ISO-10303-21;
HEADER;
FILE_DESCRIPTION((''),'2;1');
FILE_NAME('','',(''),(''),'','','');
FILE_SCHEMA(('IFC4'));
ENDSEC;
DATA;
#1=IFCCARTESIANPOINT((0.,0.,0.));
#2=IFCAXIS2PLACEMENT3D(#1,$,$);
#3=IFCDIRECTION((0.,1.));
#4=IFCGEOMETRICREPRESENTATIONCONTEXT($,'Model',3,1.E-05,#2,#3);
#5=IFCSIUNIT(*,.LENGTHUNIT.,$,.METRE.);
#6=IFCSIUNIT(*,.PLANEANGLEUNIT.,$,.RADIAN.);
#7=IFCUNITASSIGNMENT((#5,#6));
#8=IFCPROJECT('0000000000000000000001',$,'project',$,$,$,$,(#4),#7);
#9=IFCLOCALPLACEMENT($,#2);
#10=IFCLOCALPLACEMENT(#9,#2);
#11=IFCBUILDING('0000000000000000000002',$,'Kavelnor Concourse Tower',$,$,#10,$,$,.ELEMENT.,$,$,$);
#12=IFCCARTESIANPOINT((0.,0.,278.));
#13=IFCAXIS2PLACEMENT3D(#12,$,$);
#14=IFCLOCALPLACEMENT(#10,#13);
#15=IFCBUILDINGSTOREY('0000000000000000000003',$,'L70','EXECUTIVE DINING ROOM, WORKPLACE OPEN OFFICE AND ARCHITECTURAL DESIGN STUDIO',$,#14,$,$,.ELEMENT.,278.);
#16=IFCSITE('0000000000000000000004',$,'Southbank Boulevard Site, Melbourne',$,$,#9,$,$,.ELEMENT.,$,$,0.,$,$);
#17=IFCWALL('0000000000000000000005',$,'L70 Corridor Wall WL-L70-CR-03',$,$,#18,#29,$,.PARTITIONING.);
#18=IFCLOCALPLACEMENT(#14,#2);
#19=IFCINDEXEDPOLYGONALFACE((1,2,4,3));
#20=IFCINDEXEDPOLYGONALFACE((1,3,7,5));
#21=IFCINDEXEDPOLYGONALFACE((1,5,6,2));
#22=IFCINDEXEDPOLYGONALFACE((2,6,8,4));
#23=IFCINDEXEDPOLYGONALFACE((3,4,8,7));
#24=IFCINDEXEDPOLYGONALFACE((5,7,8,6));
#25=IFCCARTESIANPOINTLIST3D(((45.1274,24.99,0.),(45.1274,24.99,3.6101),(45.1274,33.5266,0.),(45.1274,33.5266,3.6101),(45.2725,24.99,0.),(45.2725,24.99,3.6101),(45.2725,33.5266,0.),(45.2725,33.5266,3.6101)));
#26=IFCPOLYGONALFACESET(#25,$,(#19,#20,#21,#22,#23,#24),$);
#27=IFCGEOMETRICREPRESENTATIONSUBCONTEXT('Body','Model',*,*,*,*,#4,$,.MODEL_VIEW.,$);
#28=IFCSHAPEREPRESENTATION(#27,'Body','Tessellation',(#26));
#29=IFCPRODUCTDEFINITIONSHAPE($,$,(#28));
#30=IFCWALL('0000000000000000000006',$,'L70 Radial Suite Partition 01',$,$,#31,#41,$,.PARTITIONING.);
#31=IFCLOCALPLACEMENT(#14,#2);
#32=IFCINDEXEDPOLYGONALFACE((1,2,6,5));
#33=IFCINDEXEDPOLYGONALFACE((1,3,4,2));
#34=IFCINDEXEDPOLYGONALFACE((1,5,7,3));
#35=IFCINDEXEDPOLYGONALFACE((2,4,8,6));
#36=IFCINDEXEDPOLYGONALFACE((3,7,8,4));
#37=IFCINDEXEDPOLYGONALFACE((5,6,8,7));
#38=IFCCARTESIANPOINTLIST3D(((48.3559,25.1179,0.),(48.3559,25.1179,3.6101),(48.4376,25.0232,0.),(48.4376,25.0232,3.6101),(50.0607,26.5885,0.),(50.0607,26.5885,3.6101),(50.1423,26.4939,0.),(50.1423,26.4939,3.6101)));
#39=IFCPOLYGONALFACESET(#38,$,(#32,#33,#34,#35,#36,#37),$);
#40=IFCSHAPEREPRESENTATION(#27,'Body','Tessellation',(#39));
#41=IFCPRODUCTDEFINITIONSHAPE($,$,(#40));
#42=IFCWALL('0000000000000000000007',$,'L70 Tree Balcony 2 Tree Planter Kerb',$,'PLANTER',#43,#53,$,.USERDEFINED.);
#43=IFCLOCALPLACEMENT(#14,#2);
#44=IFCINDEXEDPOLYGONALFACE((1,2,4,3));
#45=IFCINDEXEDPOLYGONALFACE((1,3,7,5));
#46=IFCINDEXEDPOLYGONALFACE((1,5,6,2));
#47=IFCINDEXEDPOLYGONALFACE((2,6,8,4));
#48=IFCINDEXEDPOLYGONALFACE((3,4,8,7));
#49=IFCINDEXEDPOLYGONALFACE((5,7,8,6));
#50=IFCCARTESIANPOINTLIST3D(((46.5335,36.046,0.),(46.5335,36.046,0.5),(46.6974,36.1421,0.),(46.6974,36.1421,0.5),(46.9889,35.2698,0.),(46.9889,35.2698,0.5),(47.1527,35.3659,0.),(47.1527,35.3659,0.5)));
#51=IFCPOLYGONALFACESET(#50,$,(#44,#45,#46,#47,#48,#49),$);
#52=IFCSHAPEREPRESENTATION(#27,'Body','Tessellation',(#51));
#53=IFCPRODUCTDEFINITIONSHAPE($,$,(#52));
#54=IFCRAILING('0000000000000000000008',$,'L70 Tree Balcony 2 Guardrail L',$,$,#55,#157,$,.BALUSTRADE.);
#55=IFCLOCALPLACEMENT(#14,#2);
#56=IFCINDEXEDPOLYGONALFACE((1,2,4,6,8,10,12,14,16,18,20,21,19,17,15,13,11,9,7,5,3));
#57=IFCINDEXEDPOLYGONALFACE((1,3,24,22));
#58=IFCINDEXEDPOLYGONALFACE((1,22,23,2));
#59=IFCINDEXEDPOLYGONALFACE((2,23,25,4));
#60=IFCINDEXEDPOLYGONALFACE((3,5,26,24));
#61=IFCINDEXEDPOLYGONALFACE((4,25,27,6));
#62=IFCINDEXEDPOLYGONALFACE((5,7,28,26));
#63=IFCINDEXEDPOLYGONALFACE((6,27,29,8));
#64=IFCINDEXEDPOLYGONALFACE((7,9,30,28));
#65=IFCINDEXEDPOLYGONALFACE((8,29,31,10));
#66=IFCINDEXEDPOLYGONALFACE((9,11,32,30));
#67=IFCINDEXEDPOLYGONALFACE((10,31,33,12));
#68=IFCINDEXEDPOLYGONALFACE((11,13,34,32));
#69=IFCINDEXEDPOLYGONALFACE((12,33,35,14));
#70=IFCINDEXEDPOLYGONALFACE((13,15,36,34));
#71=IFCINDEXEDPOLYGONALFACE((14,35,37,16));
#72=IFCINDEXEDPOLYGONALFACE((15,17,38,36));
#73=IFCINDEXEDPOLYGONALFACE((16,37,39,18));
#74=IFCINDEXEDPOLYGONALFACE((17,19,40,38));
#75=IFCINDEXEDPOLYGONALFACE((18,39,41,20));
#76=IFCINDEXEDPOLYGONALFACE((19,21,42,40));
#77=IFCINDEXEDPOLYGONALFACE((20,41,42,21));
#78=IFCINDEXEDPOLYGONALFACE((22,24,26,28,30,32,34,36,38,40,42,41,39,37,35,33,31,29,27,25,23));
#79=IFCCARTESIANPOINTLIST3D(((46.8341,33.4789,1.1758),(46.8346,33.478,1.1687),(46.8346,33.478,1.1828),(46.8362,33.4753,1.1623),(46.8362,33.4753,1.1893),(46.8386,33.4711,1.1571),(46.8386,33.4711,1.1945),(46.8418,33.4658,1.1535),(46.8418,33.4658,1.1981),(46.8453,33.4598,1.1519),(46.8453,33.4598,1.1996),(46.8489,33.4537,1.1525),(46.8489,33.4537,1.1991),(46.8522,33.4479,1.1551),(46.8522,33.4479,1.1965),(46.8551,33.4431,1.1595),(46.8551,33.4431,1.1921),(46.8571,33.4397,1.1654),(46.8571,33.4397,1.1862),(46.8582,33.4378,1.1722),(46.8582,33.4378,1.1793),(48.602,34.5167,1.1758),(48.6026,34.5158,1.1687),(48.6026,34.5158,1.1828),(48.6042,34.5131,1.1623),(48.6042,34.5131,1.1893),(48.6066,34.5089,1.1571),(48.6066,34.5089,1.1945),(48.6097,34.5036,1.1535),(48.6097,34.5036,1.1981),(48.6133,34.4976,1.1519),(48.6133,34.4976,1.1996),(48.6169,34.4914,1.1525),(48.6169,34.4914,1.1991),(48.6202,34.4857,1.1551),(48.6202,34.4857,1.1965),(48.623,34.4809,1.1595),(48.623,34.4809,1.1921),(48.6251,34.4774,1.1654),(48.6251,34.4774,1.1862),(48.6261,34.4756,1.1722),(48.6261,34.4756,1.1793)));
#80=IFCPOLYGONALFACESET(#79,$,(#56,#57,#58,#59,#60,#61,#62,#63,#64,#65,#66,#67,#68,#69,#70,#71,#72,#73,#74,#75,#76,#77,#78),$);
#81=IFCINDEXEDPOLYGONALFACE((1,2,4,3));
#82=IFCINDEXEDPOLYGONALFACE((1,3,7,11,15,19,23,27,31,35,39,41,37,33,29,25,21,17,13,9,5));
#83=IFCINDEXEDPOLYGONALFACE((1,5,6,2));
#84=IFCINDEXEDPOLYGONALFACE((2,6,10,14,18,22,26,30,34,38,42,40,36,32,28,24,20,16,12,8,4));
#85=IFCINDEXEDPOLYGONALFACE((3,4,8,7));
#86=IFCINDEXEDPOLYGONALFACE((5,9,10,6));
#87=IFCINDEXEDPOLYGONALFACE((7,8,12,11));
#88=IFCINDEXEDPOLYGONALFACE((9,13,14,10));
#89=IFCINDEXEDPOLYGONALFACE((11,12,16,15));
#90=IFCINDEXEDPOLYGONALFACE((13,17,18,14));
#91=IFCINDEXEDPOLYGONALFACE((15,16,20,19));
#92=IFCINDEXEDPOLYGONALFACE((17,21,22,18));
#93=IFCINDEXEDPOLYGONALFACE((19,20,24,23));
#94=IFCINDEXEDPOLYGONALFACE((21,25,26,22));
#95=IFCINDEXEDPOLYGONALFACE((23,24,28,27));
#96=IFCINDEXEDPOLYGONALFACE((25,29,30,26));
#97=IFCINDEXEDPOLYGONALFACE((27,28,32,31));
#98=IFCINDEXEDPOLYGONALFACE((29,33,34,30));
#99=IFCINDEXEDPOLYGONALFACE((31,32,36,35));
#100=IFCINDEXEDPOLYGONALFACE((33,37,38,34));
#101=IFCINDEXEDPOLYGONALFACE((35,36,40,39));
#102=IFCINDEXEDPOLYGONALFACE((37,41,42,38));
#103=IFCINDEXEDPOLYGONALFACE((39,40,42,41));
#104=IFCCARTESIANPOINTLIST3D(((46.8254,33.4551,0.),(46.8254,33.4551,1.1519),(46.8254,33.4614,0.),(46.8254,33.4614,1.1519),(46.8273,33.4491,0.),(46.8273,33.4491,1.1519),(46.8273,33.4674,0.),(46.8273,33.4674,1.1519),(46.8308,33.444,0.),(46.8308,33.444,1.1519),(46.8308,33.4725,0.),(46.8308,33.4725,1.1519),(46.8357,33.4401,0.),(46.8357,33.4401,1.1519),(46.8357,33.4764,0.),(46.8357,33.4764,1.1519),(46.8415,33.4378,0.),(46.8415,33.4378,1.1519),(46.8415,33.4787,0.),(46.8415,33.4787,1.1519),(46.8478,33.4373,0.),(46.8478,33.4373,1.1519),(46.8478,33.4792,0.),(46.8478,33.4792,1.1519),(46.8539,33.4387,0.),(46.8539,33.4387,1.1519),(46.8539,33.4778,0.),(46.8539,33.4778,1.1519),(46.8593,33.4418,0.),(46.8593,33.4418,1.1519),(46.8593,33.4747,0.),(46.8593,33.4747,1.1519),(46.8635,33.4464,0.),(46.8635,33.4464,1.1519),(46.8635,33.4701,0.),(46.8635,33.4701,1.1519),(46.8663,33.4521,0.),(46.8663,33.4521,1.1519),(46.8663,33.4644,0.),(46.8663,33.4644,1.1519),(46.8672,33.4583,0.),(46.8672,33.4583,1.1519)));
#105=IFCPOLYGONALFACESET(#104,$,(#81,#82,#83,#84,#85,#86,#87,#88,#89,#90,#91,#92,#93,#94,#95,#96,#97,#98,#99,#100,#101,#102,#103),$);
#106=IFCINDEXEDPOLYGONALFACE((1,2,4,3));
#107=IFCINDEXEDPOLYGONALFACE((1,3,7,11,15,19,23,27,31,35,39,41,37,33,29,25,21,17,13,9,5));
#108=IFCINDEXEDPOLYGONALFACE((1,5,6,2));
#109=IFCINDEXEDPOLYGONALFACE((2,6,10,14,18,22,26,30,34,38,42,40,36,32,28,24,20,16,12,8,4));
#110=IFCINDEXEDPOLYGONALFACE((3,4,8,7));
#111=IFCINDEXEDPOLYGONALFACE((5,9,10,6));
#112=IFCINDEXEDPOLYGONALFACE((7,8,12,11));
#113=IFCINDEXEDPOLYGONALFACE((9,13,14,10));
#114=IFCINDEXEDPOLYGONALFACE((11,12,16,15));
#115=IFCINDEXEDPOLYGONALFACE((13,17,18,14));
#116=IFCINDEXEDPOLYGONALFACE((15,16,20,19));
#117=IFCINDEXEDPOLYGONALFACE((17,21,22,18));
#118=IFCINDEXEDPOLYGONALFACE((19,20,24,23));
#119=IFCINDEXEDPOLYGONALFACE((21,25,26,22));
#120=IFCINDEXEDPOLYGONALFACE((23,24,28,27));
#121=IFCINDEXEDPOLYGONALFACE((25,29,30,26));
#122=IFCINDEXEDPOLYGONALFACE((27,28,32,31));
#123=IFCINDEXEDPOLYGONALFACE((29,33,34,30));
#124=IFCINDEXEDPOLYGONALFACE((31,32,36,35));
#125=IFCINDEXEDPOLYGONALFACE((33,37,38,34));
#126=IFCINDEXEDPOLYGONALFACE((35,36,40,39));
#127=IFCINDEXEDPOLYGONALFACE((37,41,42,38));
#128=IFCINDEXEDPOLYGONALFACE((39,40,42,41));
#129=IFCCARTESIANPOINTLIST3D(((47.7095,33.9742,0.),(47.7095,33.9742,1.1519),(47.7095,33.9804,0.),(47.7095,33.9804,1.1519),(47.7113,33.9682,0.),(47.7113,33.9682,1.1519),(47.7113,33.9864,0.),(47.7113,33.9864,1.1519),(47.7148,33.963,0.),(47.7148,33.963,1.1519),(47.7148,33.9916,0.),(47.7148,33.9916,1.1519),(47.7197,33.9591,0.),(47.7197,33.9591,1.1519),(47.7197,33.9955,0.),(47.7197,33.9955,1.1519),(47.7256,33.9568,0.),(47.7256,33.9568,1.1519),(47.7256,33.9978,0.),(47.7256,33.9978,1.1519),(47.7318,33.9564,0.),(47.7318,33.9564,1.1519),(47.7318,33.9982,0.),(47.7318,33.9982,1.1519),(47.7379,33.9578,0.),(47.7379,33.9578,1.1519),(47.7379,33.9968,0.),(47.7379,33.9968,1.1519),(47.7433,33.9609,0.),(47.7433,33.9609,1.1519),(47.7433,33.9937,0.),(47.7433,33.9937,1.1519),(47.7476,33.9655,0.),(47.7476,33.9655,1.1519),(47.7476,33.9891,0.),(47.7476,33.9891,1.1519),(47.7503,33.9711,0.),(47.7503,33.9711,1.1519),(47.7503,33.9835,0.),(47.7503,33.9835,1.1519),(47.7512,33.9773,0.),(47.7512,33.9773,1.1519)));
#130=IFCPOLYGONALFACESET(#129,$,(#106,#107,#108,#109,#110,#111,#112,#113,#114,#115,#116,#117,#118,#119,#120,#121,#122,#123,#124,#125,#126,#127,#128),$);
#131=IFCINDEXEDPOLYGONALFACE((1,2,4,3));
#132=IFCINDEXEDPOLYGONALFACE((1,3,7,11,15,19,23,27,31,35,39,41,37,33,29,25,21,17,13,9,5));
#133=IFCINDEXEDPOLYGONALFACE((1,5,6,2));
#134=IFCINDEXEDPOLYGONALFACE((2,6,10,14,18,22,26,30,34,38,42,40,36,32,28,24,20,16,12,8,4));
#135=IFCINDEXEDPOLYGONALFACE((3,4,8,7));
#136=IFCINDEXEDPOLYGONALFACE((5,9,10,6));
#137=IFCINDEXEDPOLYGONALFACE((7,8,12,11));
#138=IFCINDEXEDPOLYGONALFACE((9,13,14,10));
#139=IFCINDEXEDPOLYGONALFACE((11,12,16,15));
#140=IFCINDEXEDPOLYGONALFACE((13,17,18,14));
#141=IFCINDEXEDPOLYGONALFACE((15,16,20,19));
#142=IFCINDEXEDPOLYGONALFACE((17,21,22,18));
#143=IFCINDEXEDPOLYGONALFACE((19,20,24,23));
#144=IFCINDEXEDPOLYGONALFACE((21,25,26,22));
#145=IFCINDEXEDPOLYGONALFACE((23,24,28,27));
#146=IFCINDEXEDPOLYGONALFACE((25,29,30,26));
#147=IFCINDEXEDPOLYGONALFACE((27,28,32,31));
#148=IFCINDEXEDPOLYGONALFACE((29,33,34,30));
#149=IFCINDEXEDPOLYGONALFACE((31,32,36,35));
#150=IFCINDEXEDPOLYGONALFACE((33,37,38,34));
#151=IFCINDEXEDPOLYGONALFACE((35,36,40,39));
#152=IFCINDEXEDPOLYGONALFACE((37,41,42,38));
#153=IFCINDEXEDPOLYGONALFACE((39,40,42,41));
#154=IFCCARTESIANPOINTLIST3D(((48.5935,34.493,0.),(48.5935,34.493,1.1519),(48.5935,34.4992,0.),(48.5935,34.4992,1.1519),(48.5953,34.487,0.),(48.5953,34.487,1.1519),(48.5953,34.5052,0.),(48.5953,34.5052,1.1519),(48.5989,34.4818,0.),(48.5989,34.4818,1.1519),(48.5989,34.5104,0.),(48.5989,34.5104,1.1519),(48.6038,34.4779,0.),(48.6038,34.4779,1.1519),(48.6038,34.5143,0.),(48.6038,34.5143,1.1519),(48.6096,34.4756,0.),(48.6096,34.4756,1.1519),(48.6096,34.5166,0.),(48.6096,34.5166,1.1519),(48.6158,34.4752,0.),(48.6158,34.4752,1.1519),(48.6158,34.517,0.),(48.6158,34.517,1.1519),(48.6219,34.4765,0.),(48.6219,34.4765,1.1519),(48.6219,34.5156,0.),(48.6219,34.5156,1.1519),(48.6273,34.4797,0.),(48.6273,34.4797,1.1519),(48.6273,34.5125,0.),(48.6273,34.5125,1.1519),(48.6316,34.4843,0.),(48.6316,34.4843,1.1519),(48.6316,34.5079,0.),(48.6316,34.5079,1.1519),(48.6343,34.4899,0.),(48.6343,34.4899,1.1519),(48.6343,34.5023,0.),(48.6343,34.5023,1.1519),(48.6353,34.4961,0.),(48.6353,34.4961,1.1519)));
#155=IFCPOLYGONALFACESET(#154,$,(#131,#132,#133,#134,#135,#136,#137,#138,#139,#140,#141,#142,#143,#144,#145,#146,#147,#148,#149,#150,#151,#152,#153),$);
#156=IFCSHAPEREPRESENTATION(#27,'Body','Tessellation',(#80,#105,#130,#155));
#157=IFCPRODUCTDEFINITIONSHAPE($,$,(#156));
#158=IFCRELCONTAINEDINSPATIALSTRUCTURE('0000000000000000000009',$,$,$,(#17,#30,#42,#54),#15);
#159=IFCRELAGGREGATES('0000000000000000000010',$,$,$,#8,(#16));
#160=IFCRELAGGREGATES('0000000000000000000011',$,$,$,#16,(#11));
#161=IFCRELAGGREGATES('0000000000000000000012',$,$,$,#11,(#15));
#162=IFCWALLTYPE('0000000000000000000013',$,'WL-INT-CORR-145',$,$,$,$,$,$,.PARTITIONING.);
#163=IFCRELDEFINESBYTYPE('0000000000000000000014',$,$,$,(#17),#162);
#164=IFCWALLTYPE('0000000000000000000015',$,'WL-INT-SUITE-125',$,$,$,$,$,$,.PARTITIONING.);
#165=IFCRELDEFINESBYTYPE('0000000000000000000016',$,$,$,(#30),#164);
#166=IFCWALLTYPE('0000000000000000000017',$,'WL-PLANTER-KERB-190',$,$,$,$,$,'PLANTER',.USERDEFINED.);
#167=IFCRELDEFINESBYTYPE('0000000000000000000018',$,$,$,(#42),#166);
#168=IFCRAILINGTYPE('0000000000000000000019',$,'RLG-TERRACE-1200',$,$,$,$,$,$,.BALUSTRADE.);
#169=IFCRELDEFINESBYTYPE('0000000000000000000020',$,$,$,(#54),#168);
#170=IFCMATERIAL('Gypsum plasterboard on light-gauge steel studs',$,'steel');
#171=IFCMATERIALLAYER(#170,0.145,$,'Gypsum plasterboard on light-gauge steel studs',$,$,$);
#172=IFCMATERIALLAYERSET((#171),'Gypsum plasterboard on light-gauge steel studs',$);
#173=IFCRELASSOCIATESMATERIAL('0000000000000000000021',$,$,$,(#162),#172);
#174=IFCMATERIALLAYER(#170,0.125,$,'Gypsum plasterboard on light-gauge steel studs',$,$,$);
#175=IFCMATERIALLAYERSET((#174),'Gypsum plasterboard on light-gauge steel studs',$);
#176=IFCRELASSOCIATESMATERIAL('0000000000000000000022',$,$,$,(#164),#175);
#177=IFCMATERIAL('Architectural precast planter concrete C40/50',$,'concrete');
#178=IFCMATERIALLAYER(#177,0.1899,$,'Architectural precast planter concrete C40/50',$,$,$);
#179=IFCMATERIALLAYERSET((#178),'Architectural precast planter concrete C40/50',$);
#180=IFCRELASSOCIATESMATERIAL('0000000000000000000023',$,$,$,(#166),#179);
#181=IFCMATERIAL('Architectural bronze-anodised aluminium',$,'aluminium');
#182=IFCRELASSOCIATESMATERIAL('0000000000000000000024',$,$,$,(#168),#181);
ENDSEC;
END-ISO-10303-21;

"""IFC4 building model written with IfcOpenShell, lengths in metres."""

from ifc_helpers import new_model, si_unit, direction, frame, frame_2d, origin, origin_2d, place, context, subcontext, project, spatial, rectangle, circle, extrude, material, layer, layer_set, type_object, element, save


model = new_model("IFC4")

# Units and contexts
model_context = context("Model", 3, precision=1e-05, world=origin(), true_north=direction((0.0, 1.0)))
body_context = subcontext(model_context, "Body", "Model", "MODEL_VIEW")
ifc_project = project(units=[si_unit("LENGTHUNIT", "METRE"), si_unit("PLANEANGLEUNIT", "RADIAN")], contexts=[model_context])

# Site, building, storey
site_placement = place(None, origin())
site = spatial("IfcSite", under=ifc_project, at=site_placement, Name="Southbank Boulevard Site, Melbourne", CompositionType="ELEMENT", RefElevation=0.0)
building_placement = place(site_placement, origin())
building = spatial("IfcBuilding", under=site, at=building_placement, Name="Kavelnor Concourse Tower", CompositionType="ELEMENT")
storey_placement = place(building_placement, frame((0.0, 0.0, 278.0)))
storey = spatial("IfcBuildingStorey", under=building, at=storey_placement, Name="L70", Description="EXECUTIVE DINING ROOM, WORKPLACE OPEN OFFICE AND ARCHITECTURAL DESIGN STUDIO", CompositionType="ELEMENT", Elevation=278.0)

# Walls
ifc_material_1 = material(Name="Gypsum plasterboard on light-gauge steel studs", Category="steel")
ifc_layer_1 = layer(ifc_material_1, 0.145, Name="Gypsum plasterboard on light-gauge steel studs")
ifc_layer_set_1 = layer_set([ifc_layer_1], Name="Gypsum plasterboard on light-gauge steel studs")
wall_type_1 = type_object("IfcWallType", Name="WL-INT-CORR-145", PredefinedType="PARTITIONING", material=ifc_layer_set_1)
wall_1_placement = place(storey_placement, frame((45.2, 33.5266, 0.0), z_axis=(0.0, 0.0, 1.0), x_axis=(0.0, -1.0, 0.0)))
element("IfcWall", 1, at=wall_1_placement, inside=storey, type_object=wall_type_1, Name="L70 Corridor Wall WL-L70-CR-03", PredefinedType="PARTITIONING", context=body_context, shape_type="SweptSolid", body=[
    extrude(rectangle(XDim=8.5366, YDim=0.145, at=frame_2d((4.2683, 0.0))), origin(), (0.0, 0.0, 1.0), 3.6101),
])
ifc_layer_2 = layer(ifc_material_1, 0.125, Name="Gypsum plasterboard on light-gauge steel studs")
ifc_layer_set_2 = layer_set([ifc_layer_2], Name="Gypsum plasterboard on light-gauge steel studs")
wall_type_2 = type_object("IfcWallType", Name="WL-INT-SUITE-125", PredefinedType="PARTITIONING", material=ifc_layer_set_2)
wall_2_placement = place(storey_placement, frame((48.3967, 25.0706, 0.0), z_axis=(0.0, 0.0, 1.0), x_axis=(0.757186, 0.653199, 0.0)))
element("IfcWall", 2, at=wall_2_placement, inside=storey, type_object=wall_type_2, Name="L70 Radial Suite Partition 01", PredefinedType="PARTITIONING", context=body_context, shape_type="SweptSolid", body=[
    extrude(rectangle(XDim=2.2515, YDim=0.125, at=frame_2d((1.1257, 0.0))), origin(), (0.0, 0.0, 1.0), 3.6101),
])
ifc_material_2 = material(Name="Architectural precast planter concrete C40/50", Category="concrete")
ifc_layer_3 = layer(ifc_material_2, 0.1899, Name="Architectural precast planter concrete C40/50")
ifc_layer_set_3 = layer_set([ifc_layer_3], Name="Architectural precast planter concrete C40/50")
wall_type_3 = type_object("IfcWallType", Name="WL-PLANTER-KERB-190", ElementType="PLANTER", PredefinedType="USERDEFINED", material=ifc_layer_set_3)
wall_3_placement = place(storey_placement, frame((47.0708, 35.3179, 0.0), z_axis=(0.0, 0.0, 1.0), x_axis=(-0.506012, 0.862526, 0.0)))
element("IfcWall", 3, at=wall_3_placement, inside=storey, type_object=wall_type_3, Name="L70 Tree Balcony 2 Tree Planter Kerb", ObjectType="PLANTER", PredefinedType="USERDEFINED", context=body_context, shape_type="SweptSolid", body=[
    extrude(rectangle(XDim=0.8999, YDim=0.1899, at=frame_2d((0.45, 0.0))), origin(), (0.0, 0.0, 1.0), 0.5),
])

# Railing
ifc_material_3 = material(Name="Architectural bronze-anodised aluminium", Category="aluminium")
railing_type = type_object("IfcRailingType", Name="RLG-TERRACE-1200", PredefinedType="BALUSTRADE", material=ifc_material_3)
railing_1_placement = place(storey_placement, frame((46.8462, 33.4583, 0.0)))
element("IfcRailing", 4, at=railing_1_placement, inside=storey, type_object=railing_type, Name="L70 Tree Balcony 2 Guardrail L", PredefinedType="BALUSTRADE", context=body_context, shape_type="SweptSolid", body=[
    extrude(circle(Radius=0.0239, at=origin_2d()), frame((0.0, 0.0, 1.1758), z_axis=(0.862402, 0.506224, 0.0), x_axis=(-0.506224, 0.862402, 0.0)), (0.0, 0.0, 1.0), 2.05),
    extrude(circle(Radius=0.021, at=origin_2d()), origin(), (0.0, 0.0, 1.0), 1.1519),
    extrude(circle(Radius=0.021, at=origin_2d()), frame((0.884, 0.519, 0.0)), (0.0, 0.0, 1.0), 1.1519),
    extrude(circle(Radius=0.021, at=origin_2d()), frame((1.7681, 1.0378, 0.0)), (0.0, 0.0, 1.0), 1.1519),
])

save(model, "model.ifc")
